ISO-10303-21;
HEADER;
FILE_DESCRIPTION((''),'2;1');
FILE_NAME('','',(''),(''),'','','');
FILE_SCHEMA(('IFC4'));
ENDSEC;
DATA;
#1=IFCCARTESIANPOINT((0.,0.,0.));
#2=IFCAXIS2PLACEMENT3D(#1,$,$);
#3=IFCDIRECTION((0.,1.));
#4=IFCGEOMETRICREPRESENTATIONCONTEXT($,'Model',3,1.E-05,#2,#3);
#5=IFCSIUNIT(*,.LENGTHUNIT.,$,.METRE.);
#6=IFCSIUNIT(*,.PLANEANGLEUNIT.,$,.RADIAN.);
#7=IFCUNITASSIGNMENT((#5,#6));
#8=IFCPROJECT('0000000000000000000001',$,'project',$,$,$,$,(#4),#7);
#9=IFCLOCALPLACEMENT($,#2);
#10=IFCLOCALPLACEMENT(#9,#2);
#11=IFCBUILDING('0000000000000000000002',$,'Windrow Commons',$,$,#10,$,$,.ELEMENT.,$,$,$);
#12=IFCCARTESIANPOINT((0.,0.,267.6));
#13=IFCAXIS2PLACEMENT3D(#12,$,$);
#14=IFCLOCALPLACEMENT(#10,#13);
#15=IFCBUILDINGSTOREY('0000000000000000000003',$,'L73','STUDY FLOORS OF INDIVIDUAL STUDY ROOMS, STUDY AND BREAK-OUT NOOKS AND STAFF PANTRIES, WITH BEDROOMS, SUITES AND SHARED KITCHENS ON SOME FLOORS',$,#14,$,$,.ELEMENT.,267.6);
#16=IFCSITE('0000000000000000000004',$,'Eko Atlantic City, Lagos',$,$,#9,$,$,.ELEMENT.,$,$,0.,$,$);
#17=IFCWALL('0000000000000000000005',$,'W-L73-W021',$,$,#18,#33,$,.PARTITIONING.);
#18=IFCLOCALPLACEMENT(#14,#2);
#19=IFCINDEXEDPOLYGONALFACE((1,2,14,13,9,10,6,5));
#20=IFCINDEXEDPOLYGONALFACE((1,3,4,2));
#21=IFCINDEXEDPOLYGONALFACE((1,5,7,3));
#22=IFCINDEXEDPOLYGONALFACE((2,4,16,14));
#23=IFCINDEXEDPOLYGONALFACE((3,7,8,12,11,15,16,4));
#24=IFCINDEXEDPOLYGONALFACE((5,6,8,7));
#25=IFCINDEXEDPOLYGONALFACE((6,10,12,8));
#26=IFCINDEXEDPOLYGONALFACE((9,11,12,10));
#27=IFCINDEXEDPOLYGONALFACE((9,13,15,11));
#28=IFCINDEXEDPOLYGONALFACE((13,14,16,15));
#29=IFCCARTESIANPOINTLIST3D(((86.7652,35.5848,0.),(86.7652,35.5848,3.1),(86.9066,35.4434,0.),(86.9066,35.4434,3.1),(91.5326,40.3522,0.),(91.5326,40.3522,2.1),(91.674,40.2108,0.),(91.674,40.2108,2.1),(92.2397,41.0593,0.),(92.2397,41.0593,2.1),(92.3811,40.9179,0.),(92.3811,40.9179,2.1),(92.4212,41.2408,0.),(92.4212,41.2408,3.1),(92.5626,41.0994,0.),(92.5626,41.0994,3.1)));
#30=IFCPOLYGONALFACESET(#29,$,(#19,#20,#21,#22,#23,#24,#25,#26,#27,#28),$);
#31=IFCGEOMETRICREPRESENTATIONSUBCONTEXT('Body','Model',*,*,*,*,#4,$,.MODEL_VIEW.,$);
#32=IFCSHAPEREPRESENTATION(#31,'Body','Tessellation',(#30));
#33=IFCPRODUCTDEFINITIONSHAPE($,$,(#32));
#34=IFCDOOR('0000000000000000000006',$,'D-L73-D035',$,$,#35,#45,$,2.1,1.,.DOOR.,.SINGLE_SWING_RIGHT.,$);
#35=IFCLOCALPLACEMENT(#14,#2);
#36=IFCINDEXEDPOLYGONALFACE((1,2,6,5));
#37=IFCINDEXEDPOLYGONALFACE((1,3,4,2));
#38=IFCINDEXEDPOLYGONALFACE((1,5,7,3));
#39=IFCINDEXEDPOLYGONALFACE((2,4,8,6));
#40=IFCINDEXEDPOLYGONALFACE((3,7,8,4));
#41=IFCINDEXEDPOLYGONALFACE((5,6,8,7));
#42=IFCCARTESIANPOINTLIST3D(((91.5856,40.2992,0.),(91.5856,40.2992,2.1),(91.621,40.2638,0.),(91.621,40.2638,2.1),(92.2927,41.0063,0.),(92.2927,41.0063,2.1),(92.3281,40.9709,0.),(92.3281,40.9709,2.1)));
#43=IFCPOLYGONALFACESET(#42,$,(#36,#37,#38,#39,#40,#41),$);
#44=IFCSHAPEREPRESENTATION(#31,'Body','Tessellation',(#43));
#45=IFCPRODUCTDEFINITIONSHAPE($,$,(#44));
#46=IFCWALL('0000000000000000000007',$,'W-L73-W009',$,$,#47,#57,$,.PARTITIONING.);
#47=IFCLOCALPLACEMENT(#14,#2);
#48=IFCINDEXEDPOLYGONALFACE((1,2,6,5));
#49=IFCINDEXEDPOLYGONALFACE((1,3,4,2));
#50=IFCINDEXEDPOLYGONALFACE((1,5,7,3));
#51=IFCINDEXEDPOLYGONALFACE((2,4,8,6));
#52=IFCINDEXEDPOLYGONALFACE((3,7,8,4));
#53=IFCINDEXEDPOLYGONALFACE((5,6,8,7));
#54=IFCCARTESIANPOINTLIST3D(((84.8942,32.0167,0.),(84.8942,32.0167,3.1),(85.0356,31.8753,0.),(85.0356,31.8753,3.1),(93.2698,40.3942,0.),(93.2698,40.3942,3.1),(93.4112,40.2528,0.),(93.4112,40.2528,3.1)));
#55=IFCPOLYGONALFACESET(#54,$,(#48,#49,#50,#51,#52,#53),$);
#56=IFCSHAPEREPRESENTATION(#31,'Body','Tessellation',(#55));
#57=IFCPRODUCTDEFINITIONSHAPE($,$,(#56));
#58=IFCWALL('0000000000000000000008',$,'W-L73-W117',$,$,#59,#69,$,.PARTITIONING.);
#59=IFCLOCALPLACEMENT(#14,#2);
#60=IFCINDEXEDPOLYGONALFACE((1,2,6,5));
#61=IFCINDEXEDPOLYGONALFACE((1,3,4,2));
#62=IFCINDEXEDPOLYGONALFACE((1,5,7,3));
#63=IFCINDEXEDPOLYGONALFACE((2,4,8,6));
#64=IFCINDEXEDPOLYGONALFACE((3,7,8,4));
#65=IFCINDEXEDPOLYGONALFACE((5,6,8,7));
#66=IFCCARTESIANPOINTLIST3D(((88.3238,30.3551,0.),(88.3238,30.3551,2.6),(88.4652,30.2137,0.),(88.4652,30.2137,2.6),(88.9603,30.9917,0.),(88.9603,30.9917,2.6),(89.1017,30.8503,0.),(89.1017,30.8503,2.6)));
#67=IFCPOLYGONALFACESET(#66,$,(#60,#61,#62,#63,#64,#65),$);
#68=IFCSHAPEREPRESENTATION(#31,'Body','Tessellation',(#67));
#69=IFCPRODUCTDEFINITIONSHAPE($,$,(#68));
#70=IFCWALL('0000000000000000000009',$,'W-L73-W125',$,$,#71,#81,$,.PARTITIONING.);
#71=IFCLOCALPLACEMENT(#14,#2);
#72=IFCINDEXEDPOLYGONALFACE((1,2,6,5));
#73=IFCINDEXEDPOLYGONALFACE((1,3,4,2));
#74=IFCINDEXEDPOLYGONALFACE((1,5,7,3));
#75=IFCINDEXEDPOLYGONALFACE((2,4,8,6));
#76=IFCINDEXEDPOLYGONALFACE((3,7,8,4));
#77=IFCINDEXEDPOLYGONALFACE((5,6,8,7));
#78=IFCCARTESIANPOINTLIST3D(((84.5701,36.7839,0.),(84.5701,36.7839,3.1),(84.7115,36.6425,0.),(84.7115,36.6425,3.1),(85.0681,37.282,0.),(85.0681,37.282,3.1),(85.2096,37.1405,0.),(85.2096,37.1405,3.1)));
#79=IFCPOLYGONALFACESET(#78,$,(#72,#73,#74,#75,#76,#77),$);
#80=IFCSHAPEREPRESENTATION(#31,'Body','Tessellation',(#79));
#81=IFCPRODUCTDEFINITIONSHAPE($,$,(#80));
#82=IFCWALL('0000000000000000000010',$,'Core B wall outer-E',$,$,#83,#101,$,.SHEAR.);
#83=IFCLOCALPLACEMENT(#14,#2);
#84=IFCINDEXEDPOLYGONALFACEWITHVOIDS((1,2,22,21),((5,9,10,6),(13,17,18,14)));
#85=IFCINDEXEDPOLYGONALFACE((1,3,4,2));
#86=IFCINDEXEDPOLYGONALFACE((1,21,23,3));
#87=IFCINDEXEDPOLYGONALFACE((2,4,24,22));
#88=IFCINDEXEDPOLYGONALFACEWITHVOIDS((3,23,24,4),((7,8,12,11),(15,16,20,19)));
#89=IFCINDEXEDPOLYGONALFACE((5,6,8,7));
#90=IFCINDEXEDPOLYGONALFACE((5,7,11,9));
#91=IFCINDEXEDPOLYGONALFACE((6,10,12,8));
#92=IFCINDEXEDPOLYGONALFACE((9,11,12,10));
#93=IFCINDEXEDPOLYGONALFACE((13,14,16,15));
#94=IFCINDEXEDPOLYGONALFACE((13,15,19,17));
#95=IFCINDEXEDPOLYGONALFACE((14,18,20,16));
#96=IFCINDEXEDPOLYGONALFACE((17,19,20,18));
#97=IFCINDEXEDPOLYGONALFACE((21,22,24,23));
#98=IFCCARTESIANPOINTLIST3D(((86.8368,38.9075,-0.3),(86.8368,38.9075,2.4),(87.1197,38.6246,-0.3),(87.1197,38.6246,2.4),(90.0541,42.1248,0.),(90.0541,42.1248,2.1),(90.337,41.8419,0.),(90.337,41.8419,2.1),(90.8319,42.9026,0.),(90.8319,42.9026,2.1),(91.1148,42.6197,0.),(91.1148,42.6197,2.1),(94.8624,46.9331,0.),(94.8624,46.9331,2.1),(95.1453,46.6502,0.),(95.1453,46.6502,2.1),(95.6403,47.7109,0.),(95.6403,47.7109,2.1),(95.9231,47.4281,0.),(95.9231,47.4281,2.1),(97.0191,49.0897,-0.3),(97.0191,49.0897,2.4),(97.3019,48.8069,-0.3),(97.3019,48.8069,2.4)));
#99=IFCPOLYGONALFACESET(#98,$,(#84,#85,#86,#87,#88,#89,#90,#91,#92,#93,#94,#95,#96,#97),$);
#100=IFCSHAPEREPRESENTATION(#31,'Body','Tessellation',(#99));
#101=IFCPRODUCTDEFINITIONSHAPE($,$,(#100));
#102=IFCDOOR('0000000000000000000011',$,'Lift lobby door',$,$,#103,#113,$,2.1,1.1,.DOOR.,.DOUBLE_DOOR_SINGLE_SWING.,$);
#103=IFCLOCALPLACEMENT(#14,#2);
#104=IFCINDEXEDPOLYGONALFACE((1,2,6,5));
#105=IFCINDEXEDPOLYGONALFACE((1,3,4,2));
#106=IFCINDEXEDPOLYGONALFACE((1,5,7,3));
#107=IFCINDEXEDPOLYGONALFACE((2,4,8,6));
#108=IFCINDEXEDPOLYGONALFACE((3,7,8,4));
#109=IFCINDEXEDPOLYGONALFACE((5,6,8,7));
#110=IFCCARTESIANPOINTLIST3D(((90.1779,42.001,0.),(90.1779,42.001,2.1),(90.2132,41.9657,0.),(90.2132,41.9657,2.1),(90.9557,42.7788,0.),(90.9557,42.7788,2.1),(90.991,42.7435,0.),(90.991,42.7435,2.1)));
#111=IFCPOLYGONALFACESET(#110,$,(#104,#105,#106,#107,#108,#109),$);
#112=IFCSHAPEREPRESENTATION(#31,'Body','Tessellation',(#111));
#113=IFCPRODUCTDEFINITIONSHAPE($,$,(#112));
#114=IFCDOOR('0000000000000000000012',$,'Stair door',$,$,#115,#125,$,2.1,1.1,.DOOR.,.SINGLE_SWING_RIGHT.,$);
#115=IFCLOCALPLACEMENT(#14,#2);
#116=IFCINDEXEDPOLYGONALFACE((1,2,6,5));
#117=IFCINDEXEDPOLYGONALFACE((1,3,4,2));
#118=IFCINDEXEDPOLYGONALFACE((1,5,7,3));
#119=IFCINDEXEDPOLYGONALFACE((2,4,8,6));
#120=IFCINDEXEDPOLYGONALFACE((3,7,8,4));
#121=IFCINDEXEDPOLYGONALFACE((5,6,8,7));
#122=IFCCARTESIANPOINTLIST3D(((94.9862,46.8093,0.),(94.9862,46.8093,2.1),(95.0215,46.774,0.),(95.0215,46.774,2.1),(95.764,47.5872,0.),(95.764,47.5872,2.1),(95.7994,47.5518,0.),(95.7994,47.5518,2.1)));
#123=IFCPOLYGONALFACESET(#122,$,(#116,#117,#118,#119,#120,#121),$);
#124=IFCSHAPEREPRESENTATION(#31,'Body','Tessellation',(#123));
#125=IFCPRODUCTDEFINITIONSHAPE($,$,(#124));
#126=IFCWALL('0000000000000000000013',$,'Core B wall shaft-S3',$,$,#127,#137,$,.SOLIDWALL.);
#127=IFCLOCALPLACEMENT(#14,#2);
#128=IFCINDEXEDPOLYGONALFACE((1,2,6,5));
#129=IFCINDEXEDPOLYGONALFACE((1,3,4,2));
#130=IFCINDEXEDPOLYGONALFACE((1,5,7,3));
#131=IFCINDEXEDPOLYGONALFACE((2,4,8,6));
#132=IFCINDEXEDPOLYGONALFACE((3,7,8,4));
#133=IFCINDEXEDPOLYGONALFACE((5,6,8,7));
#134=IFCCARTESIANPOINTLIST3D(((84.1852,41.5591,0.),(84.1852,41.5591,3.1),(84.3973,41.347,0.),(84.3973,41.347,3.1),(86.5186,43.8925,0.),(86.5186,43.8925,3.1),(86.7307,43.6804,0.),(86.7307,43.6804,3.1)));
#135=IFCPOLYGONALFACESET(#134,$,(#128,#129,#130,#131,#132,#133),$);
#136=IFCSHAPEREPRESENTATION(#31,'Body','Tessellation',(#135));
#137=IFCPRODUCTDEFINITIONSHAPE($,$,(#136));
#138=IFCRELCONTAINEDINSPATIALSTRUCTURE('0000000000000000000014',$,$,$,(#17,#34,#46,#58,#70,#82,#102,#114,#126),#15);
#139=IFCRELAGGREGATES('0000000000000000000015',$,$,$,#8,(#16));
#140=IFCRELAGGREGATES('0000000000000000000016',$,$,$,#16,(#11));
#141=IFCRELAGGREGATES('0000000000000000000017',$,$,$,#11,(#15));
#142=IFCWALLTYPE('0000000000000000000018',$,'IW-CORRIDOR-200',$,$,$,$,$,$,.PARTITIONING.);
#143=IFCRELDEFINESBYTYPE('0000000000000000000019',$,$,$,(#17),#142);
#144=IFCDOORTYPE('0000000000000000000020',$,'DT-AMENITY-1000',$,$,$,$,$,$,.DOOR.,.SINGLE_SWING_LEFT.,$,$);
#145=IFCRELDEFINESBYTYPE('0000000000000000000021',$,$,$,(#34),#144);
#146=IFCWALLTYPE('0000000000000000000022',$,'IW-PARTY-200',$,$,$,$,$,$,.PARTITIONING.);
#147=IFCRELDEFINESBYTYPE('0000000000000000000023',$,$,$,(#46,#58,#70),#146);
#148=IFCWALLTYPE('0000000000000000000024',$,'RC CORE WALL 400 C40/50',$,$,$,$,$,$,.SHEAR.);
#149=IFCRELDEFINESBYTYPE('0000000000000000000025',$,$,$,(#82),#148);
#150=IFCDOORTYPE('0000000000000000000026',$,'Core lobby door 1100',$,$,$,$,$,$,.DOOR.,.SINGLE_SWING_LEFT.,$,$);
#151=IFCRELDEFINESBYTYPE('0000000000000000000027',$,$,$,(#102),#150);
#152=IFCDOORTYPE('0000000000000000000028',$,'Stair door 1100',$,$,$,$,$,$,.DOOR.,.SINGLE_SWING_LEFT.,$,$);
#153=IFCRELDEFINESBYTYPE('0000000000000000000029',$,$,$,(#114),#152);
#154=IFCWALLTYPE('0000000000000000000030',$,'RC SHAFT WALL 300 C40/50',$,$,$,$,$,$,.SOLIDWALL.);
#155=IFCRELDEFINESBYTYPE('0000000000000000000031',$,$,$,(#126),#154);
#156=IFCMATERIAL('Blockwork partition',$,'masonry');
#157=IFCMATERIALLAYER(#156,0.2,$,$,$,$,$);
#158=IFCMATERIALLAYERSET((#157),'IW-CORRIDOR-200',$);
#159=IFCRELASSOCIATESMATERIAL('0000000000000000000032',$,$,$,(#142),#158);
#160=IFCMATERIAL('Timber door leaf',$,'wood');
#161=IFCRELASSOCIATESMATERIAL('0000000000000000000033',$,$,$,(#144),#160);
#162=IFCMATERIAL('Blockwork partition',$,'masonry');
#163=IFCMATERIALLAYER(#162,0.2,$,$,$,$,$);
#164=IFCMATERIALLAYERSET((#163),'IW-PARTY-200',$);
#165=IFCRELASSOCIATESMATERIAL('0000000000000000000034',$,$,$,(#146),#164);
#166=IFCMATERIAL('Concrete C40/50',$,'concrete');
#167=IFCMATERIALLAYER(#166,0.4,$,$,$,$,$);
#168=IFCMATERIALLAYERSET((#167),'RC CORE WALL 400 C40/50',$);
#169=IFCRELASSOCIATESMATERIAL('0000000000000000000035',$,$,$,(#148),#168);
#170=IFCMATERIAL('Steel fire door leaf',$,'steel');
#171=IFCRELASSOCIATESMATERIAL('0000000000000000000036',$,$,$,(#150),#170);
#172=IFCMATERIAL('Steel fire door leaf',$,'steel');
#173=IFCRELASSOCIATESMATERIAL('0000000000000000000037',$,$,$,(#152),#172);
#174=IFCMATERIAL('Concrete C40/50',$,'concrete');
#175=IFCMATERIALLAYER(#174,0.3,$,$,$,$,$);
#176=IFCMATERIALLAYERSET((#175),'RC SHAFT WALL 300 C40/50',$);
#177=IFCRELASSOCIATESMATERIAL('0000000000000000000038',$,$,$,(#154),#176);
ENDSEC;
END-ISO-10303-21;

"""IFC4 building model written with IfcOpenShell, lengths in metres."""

from ifc_helpers import new_model, si_unit, direction, frame, frame_2d, origin, place, context, subcontext, project, spatial, rectangle, extrude, material, layer, layer_set, type_object, element, fill, save


model = new_model("IFC4")

# Units and contexts
model_context = context("Model", 3, precision=1e-05, world=origin(), true_north=direction((0.0, 1.0)))
body_context = subcontext(model_context, "Body", "Model", "MODEL_VIEW")
ifc_project = project(units=[si_unit("LENGTHUNIT", "METRE"), si_unit("PLANEANGLEUNIT", "RADIAN")], contexts=[model_context])

# Site, building, storey
site_placement = place(None, origin())
site = spatial("IfcSite", under=ifc_project, at=site_placement, Name="Eko Atlantic City, Lagos", CompositionType="ELEMENT", RefElevation=0.0)
building_placement = place(site_placement, origin())
building = spatial("IfcBuilding", under=site, at=building_placement, Name="Windrow Commons", CompositionType="ELEMENT")
storey_placement = place(building_placement, frame((0.0, 0.0, 267.6)))
storey = spatial("IfcBuildingStorey", under=building, at=storey_placement, Name="L73", Description="STUDY FLOORS OF INDIVIDUAL STUDY ROOMS, STUDY AND BREAK-OUT NOOKS AND STAFF PANTRIES, WITH BEDROOMS, SUITES AND SHARED KITCHENS ON SOME FLOORS", CompositionType="ELEMENT", Elevation=267.6)

# Wall, opening, door
ifc_material_1 = material(Name="Blockwork partition", Category="masonry")
ifc_layer_1 = layer(ifc_material_1, 0.2)
ifc_layer_set_1 = layer_set([ifc_layer_1], Name="IW-CORRIDOR-200")
wall_type_1 = type_object("IfcWallType", Name="IW-CORRIDOR-200", PredefinedType="PARTITIONING", material=ifc_layer_set_1)
wall_1_placement = place(storey_placement, frame((86.8359, 35.5141, 0.0), z_axis=(0.0, 0.0, 1.0), x_axis=(0.707107, 0.707107, 0.0)))
wall_1 = element("IfcWall", 1, at=wall_1_placement, inside=storey, type_object=wall_type_1, Name="W-L73-W021", PredefinedType="PARTITIONING", context=body_context, shape_type="SweptSolid", body=[
    extrude(rectangle(XDim=7.9988, YDim=0.2, at=frame_2d((3.9994, 0.0))), origin(), (0.0, 0.0, 1.0), 3.1),
])
opening_1_placement = place(wall_1_placement, frame((6.7421, 0.0, 0.0)))
opening_1 = element("IfcOpeningElement", 2, at=opening_1_placement, cuts=wall_1, PredefinedType="OPENING", context=body_context, shape_type="SweptSolid", body=[
    extrude(rectangle(XDim=1.0, YDim=2.1, at=frame_2d((0.5, 1.05))), frame((0.0, 0.11, 0.0), z_axis=(0.0, -1.0, 0.0), x_axis=(1.0, 0.0, 0.0)), (0.0, 0.0, 1.0), 0.22),
])
ifc_material_2 = material(Name="Timber door leaf", Category="wood")
door_type_1 = type_object("IfcDoorType", Name="DT-AMENITY-1000", OperationType="SINGLE_SWING_LEFT", PredefinedType="DOOR", material=ifc_material_2)
door_1_placement = place(opening_1_placement, origin())
door_1 = element("IfcDoor", 3, at=door_1_placement, inside=storey, type_object=door_type_1, Name="D-L73-D035", OperationType="SINGLE_SWING_RIGHT", OverallHeight=2.1, OverallWidth=1.0, PredefinedType="DOOR", context=body_context, shape_type="SweptSolid", body=[
    extrude(rectangle(XDim=1.0, YDim=2.1, at=frame_2d((0.5, 1.05))), frame((0.0, 0.025, 0.0), z_axis=(0.0, -1.0, 0.0), x_axis=(1.0, 0.0, 0.0)), (0.0, 0.0, 1.0), 0.05),
])
fill(opening_1, door_1)

# Walls
ifc_material_3 = material(Name="Blockwork partition", Category="masonry")
ifc_layer_2 = layer(ifc_material_3, 0.2)
ifc_layer_set_2 = layer_set([ifc_layer_2], Name="IW-PARTY-200")
wall_type_2 = type_object("IfcWallType", Name="IW-PARTY-200", PredefinedType="PARTITIONING", material=ifc_layer_set_2)
wall_2_placement = place(storey_placement, frame((84.9649, 31.946, 0.0), z_axis=(0.0, 0.0, 1.0), x_axis=(0.707027, 0.707187, 0.0)))
element("IfcWall", 4, at=wall_2_placement, inside=storey, type_object=wall_type_2, Name="W-L73-W009", PredefinedType="PARTITIONING", context=body_context, shape_type="SweptSolid", body=[
    extrude(rectangle(XDim=11.8462, YDim=0.2, at=frame_2d((5.9231, 0.0))), origin(), (0.0, 0.0, 1.0), 3.1),
])
wall_3_placement = place(storey_placement, frame((88.3945, 30.2844, 0.0), z_axis=(0.0, 0.0, 1.0), x_axis=(0.707051, 0.707162, 0.0)))
element("IfcWall", 5, at=wall_3_placement, inside=storey, type_object=wall_type_2, Name="W-L73-W117", PredefinedType="PARTITIONING", context=body_context, shape_type="SweptSolid", body=[
    extrude(rectangle(XDim=0.9002, YDim=0.2, at=frame_2d((0.4501, 0.0))), origin(), (0.0, 0.0, 1.0), 2.6),
])
wall_4_placement = place(storey_placement, frame((84.6408, 36.7132, 0.0), z_axis=(0.0, 0.0, 1.0), x_axis=(0.707107, 0.707107, 0.0)))
element("IfcWall", 6, at=wall_4_placement, inside=storey, type_object=wall_type_2, Name="W-L73-W125", PredefinedType="PARTITIONING", context=body_context, shape_type="SweptSolid", body=[
    extrude(rectangle(XDim=0.7043, YDim=0.2, at=frame_2d((0.3522, 0.0))), origin(), (0.0, 0.0, 1.0), 3.1),
])

# Wall, openings, doors
ifc_material_4 = material(Name="Concrete C40/50", Category="concrete")
ifc_layer_3 = layer(ifc_material_4, 0.4)
ifc_layer_set_3 = layer_set([ifc_layer_3], Name="RC CORE WALL 400 C40/50")
wall_type_3 = type_object("IfcWallType", Name="RC CORE WALL 400 C40/50", PredefinedType="SHEAR", material=ifc_layer_set_3)
wall_5_placement = place(storey_placement, frame((86.9782, 38.766, -0.3), z_axis=(0.0, 0.0, 1.0), x_axis=(0.707107, 0.707107, 0.0)))
wall_5 = element("IfcWall", 7, at=wall_5_placement, inside=storey, type_object=wall_type_3, Name="Core B wall outer-E", PredefinedType="SHEAR", context=body_context, shape_type="SweptSolid", body=[
    extrude(rectangle(XDim=14.3999, YDim=0.4, at=frame_2d((7.2, 0.0))), origin(), (0.0, 0.0, 1.0), 2.7),
])
opening_2_placement = place(wall_5_placement, frame((4.55, 0.0, 0.3)))
opening_2 = element("IfcOpeningElement", 8, at=opening_2_placement, cuts=wall_5, PredefinedType="OPENING", context=body_context, shape_type="SweptSolid", body=[
    extrude(rectangle(XDim=1.1, YDim=2.1, at=frame_2d((0.55, 1.05))), frame((0.0, 0.21, 0.0), z_axis=(0.0, -1.0, 0.0), x_axis=(1.0, 0.0, 0.0)), (0.0, 0.0, 1.0), 0.42),
])
opening_3_placement = place(wall_5_placement, frame((11.35, 0.0, 0.3)))
opening_3 = element("IfcOpeningElement", 9, at=opening_3_placement, cuts=wall_5, PredefinedType="OPENING", context=body_context, shape_type="SweptSolid", body=[
    extrude(rectangle(XDim=1.1, YDim=2.1, at=frame_2d((0.55, 1.05))), frame((0.0, 0.21, 0.0), z_axis=(0.0, -1.0, 0.0), x_axis=(1.0, 0.0, 0.0)), (0.0, 0.0, 1.0), 0.42),
])
ifc_material_5 = material(Name="Steel fire door leaf", Category="steel")
door_type_2 = type_object("IfcDoorType", Name="Core lobby door 1100", OperationType="SINGLE_SWING_LEFT", PredefinedType="DOOR", material=ifc_material_5)
door_2_placement = place(opening_2_placement, origin())
door_2 = element("IfcDoor", 10, at=door_2_placement, inside=storey, type_object=door_type_2, Name="Lift lobby door", OperationType="DOUBLE_DOOR_SINGLE_SWING", OverallHeight=2.1, OverallWidth=1.1, PredefinedType="DOOR", context=body_context, shape_type="SweptSolid", body=[
    extrude(rectangle(XDim=1.1, YDim=2.1, at=frame_2d((0.55, 1.05))), frame((0.0, 0.025, 0.0), z_axis=(0.0, -1.0, 0.0), x_axis=(1.0, 0.0, 0.0)), (0.0, 0.0, 1.0), 0.05),
])
fill(opening_2, door_2)
ifc_material_6 = material(Name="Steel fire door leaf", Category="steel")
door_type_3 = type_object("IfcDoorType", Name="Stair door 1100", OperationType="SINGLE_SWING_LEFT", PredefinedType="DOOR", material=ifc_material_6)
door_3_placement = place(opening_3_placement, origin())
door_3 = element("IfcDoor", 11, at=door_3_placement, inside=storey, type_object=door_type_3, Name="Stair door", OperationType="SINGLE_SWING_RIGHT", OverallHeight=2.1, OverallWidth=1.1, PredefinedType="DOOR", context=body_context, shape_type="SweptSolid", body=[
    extrude(rectangle(XDim=1.1, YDim=2.1, at=frame_2d((0.55, 1.05))), frame((0.0, 0.025, 0.0), z_axis=(0.0, -1.0, 0.0), x_axis=(1.0, 0.0, 0.0)), (0.0, 0.0, 1.0), 0.05),
])
fill(opening_3, door_3)

# Wall
ifc_material_7 = material(Name="Concrete C40/50", Category="concrete")
ifc_layer_4 = layer(ifc_material_7, 0.3)
ifc_layer_set_4 = layer_set([ifc_layer_4], Name="RC SHAFT WALL 300 C40/50")
wall_type_4 = type_object("IfcWallType", Name="RC SHAFT WALL 300 C40/50", PredefinedType="SOLIDWALL", material=ifc_layer_set_4)
wall_6_placement = place(storey_placement, frame((84.2912, 41.453, 0.0), z_axis=(0.0, 0.0, 1.0), x_axis=(0.707107, 0.707107, 0.0)))
element("IfcWall", 12, at=wall_6_placement, inside=storey, type_object=wall_type_4, Name="Core B wall shaft-S3", PredefinedType="SOLIDWALL", context=body_context, shape_type="SweptSolid", body=[
    extrude(rectangle(XDim=3.2999, YDim=0.3, at=frame_2d((1.65, 0.0))), origin(), (0.0, 0.0, 1.0), 3.1),
])

save(model, "model.ifc")
